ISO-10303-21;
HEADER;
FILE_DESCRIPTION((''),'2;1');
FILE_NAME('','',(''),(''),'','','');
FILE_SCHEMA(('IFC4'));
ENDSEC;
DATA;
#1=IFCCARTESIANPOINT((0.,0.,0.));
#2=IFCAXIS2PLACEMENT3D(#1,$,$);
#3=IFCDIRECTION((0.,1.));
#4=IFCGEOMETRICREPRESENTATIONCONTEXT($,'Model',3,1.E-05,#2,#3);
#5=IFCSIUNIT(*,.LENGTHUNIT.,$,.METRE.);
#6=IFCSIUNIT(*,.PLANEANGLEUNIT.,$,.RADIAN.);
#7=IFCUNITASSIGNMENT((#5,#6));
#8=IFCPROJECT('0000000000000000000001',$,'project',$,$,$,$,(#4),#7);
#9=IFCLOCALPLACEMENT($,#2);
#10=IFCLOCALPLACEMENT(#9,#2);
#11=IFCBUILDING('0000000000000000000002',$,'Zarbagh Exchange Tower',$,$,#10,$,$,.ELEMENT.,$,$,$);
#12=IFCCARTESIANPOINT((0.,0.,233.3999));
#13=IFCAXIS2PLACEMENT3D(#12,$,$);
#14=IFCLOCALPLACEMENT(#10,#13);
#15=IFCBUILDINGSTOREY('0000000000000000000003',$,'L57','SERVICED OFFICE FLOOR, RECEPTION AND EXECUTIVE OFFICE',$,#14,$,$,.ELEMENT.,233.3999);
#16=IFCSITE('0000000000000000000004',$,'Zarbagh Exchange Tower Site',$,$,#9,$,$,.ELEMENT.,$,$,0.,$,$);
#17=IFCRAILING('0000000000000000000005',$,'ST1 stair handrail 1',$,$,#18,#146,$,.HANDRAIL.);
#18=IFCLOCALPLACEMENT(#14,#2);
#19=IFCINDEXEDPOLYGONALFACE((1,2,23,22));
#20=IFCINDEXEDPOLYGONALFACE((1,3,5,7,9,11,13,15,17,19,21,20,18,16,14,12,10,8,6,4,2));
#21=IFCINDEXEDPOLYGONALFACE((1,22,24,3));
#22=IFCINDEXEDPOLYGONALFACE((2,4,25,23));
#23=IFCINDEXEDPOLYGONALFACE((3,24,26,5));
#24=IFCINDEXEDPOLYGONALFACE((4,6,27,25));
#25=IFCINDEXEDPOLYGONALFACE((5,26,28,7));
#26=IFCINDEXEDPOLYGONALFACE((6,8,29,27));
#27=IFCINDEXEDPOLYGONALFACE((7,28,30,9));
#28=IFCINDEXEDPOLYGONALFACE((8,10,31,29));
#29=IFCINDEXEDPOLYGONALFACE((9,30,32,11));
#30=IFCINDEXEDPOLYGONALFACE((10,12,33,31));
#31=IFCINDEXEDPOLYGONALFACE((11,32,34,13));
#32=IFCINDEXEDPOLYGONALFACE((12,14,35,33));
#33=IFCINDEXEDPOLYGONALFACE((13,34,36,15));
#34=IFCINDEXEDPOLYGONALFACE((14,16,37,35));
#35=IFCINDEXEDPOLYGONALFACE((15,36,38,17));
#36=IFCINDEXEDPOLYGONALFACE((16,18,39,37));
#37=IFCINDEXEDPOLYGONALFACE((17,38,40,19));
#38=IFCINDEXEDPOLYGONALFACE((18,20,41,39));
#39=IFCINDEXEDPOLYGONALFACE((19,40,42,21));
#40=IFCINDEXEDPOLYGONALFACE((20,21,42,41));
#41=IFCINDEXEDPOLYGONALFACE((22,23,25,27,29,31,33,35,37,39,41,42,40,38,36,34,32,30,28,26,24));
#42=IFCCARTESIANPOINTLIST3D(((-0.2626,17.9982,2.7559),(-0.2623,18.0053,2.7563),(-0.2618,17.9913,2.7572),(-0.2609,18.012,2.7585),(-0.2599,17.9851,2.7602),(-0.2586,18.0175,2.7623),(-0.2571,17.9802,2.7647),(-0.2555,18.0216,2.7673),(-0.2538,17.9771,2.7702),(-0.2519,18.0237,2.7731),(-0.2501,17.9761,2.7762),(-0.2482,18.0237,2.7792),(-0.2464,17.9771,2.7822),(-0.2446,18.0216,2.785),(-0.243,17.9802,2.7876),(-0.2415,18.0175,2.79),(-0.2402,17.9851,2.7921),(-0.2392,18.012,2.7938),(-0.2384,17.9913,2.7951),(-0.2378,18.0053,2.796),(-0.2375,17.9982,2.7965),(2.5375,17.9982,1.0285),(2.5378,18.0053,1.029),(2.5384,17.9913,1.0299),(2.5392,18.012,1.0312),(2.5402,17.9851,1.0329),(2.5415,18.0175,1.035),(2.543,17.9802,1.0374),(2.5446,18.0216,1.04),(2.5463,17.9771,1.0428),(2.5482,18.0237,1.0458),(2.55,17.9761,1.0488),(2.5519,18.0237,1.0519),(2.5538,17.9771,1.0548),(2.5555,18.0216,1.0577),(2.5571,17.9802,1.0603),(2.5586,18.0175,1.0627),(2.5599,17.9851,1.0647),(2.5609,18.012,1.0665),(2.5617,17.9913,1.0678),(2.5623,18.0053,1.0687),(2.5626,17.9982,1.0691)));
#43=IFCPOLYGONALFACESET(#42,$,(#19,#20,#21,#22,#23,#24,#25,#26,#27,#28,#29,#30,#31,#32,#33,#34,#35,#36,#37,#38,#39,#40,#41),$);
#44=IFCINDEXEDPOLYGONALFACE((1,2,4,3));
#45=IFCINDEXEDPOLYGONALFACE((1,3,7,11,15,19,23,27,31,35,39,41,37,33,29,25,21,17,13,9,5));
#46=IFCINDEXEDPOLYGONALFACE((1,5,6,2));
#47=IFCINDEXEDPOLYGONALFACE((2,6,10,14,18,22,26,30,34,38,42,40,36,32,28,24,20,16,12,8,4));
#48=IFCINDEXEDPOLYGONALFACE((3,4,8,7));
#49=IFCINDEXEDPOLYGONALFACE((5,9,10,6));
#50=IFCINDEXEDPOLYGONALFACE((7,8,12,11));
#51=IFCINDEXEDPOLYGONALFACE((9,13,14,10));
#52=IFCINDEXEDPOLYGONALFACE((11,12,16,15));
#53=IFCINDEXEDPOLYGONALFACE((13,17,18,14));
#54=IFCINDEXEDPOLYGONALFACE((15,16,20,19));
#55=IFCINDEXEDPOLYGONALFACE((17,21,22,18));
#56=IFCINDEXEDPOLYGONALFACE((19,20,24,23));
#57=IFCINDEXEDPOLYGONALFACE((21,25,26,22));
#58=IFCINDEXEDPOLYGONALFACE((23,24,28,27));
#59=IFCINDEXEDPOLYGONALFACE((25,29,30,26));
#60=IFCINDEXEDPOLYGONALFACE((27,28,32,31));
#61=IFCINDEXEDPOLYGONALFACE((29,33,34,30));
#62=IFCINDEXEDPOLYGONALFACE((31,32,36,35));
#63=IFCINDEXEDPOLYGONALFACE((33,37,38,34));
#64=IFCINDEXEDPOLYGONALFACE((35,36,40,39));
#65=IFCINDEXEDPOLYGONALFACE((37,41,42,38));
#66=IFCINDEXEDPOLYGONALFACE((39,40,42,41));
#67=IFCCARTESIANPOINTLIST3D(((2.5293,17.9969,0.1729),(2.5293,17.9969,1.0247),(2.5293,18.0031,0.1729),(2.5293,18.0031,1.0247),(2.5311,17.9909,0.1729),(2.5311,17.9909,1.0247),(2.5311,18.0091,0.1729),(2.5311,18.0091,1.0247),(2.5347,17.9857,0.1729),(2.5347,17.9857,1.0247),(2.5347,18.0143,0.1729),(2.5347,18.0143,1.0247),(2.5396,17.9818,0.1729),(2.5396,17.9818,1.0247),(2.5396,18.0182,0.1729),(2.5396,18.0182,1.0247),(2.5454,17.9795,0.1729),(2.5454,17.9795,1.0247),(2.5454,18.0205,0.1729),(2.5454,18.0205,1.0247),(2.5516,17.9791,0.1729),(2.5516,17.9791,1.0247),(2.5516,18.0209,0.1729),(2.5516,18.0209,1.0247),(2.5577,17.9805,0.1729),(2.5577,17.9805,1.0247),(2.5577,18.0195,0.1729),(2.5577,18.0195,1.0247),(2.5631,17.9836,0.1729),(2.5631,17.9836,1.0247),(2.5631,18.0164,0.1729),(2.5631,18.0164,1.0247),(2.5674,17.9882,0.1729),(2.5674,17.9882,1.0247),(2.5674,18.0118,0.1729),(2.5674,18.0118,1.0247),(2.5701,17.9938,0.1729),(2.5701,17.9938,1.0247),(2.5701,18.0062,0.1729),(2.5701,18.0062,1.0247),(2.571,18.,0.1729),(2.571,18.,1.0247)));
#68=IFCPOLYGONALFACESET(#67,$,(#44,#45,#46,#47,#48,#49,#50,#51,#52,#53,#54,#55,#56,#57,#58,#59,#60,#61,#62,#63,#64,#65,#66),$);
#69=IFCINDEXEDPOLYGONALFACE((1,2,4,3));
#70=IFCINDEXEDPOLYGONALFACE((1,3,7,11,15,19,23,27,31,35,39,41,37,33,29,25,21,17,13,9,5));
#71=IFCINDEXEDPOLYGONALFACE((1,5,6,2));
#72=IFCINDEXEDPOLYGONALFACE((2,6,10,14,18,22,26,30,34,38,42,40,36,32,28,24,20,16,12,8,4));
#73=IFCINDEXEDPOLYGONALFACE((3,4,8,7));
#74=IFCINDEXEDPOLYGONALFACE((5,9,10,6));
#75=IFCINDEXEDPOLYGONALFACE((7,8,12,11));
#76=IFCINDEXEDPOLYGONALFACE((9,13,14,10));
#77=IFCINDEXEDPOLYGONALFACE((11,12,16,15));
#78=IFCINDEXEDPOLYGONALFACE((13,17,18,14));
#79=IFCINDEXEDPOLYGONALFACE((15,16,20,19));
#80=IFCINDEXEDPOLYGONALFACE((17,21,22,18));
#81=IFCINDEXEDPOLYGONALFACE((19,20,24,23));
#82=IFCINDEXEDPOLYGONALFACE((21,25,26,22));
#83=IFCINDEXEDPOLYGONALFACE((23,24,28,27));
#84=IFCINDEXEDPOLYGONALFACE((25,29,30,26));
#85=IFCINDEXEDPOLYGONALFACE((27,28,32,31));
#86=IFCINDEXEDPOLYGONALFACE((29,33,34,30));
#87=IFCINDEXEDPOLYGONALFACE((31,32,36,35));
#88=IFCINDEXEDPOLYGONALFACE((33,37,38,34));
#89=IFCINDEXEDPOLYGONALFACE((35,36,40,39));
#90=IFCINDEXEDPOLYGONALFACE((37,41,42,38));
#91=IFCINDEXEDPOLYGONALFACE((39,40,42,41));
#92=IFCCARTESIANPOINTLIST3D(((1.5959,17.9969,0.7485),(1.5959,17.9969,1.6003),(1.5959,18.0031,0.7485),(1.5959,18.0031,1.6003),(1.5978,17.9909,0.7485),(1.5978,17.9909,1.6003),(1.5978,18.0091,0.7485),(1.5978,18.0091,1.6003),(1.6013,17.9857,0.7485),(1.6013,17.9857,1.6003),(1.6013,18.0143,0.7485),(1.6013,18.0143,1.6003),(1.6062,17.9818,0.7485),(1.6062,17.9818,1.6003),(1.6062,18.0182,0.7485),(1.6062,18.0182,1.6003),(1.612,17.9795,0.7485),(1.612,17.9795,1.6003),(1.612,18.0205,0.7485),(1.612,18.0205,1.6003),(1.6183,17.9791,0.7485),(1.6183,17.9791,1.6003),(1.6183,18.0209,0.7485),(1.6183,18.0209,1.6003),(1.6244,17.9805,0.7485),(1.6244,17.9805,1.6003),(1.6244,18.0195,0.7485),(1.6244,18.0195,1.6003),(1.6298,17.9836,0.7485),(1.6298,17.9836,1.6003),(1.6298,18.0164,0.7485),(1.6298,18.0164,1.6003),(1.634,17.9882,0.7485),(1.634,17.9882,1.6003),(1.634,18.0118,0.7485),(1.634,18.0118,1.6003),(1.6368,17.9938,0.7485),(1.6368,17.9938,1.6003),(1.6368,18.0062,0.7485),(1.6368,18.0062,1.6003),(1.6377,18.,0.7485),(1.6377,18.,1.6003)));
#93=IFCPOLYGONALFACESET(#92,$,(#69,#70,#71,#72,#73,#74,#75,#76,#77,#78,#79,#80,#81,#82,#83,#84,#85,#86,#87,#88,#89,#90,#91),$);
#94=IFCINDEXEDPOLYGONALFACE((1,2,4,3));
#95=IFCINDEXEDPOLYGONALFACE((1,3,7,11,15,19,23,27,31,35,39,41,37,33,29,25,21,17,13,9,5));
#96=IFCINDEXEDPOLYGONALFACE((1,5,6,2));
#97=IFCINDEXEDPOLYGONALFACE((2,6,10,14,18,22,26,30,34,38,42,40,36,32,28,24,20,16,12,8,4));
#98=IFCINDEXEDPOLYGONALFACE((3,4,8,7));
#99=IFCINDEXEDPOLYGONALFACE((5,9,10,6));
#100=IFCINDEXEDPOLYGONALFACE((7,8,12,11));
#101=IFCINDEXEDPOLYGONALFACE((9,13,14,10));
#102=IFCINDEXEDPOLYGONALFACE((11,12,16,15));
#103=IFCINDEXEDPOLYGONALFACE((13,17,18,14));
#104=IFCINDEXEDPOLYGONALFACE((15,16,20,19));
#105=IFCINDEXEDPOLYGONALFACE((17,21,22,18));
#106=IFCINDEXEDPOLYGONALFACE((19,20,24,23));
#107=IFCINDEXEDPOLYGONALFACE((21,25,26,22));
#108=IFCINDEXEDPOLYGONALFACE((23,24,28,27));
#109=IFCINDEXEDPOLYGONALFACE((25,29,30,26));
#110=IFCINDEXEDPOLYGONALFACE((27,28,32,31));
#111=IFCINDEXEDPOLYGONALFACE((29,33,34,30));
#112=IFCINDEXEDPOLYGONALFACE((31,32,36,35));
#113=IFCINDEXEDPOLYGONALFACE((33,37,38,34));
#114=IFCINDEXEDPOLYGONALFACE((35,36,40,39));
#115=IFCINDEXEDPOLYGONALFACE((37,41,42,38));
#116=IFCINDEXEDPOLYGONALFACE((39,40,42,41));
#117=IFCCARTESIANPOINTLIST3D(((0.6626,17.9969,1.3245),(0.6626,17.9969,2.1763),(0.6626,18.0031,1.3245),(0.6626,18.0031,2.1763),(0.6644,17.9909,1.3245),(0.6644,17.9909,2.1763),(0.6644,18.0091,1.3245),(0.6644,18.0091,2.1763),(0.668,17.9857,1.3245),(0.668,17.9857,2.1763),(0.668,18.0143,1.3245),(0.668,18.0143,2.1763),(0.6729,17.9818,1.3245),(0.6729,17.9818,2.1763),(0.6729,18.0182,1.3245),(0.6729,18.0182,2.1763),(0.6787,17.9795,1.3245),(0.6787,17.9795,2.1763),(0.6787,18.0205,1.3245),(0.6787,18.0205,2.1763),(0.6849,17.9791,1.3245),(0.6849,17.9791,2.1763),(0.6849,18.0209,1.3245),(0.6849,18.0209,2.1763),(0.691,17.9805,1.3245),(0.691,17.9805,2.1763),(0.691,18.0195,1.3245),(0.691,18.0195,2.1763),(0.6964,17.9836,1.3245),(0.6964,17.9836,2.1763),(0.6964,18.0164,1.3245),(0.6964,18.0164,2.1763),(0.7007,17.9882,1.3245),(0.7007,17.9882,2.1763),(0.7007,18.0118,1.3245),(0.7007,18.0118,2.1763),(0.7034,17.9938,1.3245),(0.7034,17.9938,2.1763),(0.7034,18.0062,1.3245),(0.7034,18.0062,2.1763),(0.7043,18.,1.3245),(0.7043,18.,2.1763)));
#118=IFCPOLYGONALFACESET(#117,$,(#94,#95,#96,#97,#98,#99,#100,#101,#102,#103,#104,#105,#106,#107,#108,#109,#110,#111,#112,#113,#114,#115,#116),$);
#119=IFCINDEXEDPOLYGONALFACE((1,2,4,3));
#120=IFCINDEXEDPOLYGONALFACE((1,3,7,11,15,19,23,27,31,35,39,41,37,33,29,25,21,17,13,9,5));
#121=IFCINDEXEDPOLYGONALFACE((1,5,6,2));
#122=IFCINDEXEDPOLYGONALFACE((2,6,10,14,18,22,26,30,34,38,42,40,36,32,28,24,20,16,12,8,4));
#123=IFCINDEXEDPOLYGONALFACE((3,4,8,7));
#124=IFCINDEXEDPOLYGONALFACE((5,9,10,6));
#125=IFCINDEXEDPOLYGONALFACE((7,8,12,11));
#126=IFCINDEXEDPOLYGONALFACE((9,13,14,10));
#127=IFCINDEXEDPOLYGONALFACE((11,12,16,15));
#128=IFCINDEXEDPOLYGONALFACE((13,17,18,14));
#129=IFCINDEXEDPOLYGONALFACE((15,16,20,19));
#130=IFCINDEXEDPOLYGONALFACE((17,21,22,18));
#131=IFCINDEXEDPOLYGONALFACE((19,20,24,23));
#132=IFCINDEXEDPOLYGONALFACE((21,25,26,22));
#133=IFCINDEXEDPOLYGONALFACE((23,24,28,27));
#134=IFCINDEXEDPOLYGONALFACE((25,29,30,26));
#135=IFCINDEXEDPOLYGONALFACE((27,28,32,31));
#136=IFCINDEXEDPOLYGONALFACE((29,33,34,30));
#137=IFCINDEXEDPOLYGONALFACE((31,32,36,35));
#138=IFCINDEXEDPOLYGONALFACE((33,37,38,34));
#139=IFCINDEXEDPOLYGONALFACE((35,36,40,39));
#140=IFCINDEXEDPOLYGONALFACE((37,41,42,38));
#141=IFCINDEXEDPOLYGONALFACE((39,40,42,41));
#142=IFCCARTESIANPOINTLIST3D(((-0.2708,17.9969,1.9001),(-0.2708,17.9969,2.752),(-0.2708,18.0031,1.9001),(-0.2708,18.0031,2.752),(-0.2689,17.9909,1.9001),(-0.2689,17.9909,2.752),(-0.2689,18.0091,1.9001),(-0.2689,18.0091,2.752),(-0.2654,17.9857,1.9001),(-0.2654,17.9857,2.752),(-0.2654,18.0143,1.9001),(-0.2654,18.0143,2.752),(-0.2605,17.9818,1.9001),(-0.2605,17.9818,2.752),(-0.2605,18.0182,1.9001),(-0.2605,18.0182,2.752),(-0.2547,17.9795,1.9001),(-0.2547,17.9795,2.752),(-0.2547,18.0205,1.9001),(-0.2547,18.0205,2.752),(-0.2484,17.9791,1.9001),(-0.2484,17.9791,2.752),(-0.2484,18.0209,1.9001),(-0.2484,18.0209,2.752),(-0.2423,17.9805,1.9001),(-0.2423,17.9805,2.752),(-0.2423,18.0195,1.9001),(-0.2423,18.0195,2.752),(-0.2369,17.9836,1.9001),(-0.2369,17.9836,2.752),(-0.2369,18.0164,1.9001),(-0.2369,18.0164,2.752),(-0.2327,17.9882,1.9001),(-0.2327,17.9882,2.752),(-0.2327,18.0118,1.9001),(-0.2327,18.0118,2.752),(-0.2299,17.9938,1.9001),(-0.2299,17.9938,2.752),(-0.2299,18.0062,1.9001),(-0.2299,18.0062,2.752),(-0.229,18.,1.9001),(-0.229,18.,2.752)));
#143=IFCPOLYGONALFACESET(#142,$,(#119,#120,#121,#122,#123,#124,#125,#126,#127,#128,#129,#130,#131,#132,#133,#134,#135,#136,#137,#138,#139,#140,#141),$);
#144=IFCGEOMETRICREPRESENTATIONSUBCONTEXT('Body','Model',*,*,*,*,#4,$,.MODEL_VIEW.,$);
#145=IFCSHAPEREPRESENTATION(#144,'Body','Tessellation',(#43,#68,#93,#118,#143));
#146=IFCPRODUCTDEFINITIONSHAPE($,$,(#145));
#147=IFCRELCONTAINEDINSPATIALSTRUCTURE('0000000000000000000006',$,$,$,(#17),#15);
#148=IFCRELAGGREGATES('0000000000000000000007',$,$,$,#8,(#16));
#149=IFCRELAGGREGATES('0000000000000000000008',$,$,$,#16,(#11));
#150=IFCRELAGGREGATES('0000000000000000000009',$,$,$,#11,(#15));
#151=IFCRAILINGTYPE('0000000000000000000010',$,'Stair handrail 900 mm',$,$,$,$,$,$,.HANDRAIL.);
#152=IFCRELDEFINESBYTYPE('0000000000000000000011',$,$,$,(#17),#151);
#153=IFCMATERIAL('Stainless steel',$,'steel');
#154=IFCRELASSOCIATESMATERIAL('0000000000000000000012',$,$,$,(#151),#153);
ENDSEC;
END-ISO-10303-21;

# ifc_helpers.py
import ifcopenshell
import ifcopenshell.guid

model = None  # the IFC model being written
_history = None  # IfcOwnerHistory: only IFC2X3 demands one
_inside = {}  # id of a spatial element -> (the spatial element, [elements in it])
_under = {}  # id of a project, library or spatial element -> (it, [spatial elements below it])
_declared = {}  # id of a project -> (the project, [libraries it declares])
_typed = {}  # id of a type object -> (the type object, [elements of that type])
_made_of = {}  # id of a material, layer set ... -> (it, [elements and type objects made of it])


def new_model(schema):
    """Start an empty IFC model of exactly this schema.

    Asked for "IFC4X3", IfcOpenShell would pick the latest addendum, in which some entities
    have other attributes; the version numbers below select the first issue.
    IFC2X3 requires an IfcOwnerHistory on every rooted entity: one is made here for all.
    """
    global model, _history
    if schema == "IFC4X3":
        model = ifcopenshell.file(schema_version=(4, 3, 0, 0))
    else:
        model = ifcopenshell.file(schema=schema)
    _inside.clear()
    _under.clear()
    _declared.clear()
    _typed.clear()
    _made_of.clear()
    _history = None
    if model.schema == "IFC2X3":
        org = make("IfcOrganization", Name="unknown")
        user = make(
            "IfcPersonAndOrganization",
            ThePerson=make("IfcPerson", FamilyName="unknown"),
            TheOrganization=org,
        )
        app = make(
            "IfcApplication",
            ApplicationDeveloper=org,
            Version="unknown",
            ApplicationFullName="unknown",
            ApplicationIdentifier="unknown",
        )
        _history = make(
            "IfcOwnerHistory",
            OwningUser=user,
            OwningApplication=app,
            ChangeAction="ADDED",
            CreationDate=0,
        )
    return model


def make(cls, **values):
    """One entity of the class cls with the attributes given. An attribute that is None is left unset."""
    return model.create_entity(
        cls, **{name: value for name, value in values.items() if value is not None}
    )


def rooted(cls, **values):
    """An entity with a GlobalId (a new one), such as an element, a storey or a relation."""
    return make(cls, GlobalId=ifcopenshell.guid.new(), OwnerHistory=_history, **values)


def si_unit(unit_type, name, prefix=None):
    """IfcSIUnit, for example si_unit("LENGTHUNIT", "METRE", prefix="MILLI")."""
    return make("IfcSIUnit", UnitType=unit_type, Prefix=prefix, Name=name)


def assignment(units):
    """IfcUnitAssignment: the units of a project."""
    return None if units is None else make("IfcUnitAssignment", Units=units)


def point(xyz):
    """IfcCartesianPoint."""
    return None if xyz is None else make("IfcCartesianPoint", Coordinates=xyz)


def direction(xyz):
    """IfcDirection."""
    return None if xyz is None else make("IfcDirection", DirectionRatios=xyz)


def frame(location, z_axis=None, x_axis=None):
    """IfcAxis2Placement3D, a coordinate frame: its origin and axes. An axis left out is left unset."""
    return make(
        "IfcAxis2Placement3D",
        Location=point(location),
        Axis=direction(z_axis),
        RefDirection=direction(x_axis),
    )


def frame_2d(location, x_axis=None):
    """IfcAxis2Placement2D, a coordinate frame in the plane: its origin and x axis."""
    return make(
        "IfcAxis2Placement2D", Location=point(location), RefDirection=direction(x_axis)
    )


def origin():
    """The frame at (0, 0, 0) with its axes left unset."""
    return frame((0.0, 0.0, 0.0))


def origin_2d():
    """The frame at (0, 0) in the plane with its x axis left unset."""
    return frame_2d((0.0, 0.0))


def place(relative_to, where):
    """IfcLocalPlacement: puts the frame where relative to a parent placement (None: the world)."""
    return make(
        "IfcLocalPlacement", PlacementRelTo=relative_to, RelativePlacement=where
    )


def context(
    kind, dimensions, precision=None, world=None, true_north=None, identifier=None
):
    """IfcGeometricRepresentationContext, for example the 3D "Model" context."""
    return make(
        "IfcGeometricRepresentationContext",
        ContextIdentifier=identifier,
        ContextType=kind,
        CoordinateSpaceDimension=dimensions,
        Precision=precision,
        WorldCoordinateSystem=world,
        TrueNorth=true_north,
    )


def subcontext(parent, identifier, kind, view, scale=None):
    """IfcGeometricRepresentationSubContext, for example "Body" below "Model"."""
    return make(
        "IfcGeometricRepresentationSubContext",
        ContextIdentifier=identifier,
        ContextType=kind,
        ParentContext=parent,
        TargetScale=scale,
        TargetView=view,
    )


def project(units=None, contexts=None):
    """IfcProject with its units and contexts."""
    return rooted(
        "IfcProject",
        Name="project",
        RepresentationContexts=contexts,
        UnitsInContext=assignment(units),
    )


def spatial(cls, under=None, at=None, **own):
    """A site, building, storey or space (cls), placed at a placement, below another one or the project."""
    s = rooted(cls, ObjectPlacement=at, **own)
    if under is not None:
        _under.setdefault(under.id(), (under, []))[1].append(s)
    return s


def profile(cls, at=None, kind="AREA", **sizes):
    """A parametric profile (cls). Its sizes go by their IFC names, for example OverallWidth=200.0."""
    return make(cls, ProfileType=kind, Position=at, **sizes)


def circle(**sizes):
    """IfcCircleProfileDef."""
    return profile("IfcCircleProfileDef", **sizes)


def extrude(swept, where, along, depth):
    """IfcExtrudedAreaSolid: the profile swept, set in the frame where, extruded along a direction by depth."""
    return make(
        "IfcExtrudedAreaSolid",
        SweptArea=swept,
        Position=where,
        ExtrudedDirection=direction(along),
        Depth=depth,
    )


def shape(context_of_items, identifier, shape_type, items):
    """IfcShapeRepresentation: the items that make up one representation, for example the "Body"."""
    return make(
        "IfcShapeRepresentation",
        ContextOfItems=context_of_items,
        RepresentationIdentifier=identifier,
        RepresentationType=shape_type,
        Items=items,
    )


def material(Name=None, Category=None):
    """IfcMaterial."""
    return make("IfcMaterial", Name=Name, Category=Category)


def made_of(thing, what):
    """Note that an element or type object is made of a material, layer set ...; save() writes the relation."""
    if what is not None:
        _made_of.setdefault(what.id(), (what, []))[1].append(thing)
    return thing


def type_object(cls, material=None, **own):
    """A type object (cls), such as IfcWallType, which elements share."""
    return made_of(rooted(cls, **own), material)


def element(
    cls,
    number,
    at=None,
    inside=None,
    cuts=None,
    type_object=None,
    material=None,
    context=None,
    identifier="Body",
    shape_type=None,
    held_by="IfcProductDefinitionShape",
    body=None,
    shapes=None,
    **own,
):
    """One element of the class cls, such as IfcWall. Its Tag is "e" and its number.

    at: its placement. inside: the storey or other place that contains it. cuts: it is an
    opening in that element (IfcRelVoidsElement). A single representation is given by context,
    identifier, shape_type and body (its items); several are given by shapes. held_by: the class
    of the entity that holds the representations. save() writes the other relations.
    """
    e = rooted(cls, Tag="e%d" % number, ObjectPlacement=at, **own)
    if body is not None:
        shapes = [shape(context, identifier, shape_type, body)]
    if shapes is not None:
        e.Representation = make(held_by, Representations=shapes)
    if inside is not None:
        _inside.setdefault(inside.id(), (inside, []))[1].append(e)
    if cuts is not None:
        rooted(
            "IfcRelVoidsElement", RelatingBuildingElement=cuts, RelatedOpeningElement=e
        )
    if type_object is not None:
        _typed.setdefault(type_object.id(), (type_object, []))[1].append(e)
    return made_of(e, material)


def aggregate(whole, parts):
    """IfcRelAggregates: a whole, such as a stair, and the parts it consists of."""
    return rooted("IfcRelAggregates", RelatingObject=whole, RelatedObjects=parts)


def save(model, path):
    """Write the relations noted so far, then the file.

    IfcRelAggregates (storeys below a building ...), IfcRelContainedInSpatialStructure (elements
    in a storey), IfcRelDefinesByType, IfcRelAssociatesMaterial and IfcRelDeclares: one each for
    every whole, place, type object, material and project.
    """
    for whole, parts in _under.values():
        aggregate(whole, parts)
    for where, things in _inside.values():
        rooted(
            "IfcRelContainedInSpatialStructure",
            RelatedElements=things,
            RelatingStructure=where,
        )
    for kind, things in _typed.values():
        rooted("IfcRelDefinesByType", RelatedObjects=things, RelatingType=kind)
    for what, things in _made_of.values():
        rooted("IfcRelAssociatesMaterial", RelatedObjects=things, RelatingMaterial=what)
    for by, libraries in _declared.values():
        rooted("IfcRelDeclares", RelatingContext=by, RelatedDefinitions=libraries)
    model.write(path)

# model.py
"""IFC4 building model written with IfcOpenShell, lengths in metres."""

from ifc_helpers import new_model, si_unit, direction, frame, origin, origin_2d, place, context, subcontext, project, spatial, circle, extrude, material, type_object, element, save


model = new_model("IFC4")

# Units and contexts
model_context = context("Model", 3, precision=1e-05, world=origin(), true_north=direction((0.0, 1.0)))
body_context = subcontext(model_context, "Body", "Model", "MODEL_VIEW")
ifc_project = project(units=[si_unit("LENGTHUNIT", "METRE"), si_unit("PLANEANGLEUNIT", "RADIAN")], contexts=[model_context])

# Site, building, storey
site_placement = place(None, origin())
site = spatial("IfcSite", under=ifc_project, at=site_placement, Name="Zarbagh Exchange Tower Site", CompositionType="ELEMENT", RefElevation=0.0)
building_placement = place(site_placement, origin())
building = spatial("IfcBuilding", under=site, at=building_placement, Name="Zarbagh Exchange Tower", CompositionType="ELEMENT")
storey_placement = place(building_placement, frame((0.0, 0.0, 233.3999)))
storey = spatial("IfcBuildingStorey", under=building, at=storey_placement, Name="L57", Description="SERVICED OFFICE FLOOR, RECEPTION AND EXECUTIVE OFFICE", CompositionType="ELEMENT", Elevation=233.3999)

# Railing
ifc_material_1 = material(Name="Stainless steel", Category="steel")
railing_type_1 = type_object("IfcRailingType", Name="Stair handrail 900 mm", PredefinedType="HANDRAIL", material=ifc_material_1)
railing_1_placement = place(storey_placement, frame((2.55, 18.0, 0.1729)))
element("IfcRailing", 1, at=railing_1_placement, inside=storey, type_object=railing_type_1, Name="ST1 stair handrail 1", PredefinedType="HANDRAIL", context=body_context, shape_type="SweptSolid", body=[
    extrude(circle(Radius=0.0239, at=origin_2d()), frame((0.0, 0.0, 0.876), z_axis=(-0.85109, 0.0, 0.52502), x_axis=(0.0, -1.0, 0.0)), (0.0, 0.0, 1.0), 3.29),
    extrude(circle(Radius=0.021, at=origin_2d()), origin(), (0.0, 0.0, 1.0), 0.8518),
    extrude(circle(Radius=0.021, at=origin_2d()), frame((-0.9333, 0.0, 0.5757)), (0.0, 0.0, 1.0), 0.8518),
    extrude(circle(Radius=0.021, at=origin_2d()), frame((-1.8667, 0.0, 1.1516)), (0.0, 0.0, 1.0), 0.8518),
    extrude(circle(Radius=0.021, at=origin_2d()), frame((-2.8, 0.0, 1.7273)), (0.0, 0.0, 1.0), 0.8518),
])

save(model, "model.ifc")
